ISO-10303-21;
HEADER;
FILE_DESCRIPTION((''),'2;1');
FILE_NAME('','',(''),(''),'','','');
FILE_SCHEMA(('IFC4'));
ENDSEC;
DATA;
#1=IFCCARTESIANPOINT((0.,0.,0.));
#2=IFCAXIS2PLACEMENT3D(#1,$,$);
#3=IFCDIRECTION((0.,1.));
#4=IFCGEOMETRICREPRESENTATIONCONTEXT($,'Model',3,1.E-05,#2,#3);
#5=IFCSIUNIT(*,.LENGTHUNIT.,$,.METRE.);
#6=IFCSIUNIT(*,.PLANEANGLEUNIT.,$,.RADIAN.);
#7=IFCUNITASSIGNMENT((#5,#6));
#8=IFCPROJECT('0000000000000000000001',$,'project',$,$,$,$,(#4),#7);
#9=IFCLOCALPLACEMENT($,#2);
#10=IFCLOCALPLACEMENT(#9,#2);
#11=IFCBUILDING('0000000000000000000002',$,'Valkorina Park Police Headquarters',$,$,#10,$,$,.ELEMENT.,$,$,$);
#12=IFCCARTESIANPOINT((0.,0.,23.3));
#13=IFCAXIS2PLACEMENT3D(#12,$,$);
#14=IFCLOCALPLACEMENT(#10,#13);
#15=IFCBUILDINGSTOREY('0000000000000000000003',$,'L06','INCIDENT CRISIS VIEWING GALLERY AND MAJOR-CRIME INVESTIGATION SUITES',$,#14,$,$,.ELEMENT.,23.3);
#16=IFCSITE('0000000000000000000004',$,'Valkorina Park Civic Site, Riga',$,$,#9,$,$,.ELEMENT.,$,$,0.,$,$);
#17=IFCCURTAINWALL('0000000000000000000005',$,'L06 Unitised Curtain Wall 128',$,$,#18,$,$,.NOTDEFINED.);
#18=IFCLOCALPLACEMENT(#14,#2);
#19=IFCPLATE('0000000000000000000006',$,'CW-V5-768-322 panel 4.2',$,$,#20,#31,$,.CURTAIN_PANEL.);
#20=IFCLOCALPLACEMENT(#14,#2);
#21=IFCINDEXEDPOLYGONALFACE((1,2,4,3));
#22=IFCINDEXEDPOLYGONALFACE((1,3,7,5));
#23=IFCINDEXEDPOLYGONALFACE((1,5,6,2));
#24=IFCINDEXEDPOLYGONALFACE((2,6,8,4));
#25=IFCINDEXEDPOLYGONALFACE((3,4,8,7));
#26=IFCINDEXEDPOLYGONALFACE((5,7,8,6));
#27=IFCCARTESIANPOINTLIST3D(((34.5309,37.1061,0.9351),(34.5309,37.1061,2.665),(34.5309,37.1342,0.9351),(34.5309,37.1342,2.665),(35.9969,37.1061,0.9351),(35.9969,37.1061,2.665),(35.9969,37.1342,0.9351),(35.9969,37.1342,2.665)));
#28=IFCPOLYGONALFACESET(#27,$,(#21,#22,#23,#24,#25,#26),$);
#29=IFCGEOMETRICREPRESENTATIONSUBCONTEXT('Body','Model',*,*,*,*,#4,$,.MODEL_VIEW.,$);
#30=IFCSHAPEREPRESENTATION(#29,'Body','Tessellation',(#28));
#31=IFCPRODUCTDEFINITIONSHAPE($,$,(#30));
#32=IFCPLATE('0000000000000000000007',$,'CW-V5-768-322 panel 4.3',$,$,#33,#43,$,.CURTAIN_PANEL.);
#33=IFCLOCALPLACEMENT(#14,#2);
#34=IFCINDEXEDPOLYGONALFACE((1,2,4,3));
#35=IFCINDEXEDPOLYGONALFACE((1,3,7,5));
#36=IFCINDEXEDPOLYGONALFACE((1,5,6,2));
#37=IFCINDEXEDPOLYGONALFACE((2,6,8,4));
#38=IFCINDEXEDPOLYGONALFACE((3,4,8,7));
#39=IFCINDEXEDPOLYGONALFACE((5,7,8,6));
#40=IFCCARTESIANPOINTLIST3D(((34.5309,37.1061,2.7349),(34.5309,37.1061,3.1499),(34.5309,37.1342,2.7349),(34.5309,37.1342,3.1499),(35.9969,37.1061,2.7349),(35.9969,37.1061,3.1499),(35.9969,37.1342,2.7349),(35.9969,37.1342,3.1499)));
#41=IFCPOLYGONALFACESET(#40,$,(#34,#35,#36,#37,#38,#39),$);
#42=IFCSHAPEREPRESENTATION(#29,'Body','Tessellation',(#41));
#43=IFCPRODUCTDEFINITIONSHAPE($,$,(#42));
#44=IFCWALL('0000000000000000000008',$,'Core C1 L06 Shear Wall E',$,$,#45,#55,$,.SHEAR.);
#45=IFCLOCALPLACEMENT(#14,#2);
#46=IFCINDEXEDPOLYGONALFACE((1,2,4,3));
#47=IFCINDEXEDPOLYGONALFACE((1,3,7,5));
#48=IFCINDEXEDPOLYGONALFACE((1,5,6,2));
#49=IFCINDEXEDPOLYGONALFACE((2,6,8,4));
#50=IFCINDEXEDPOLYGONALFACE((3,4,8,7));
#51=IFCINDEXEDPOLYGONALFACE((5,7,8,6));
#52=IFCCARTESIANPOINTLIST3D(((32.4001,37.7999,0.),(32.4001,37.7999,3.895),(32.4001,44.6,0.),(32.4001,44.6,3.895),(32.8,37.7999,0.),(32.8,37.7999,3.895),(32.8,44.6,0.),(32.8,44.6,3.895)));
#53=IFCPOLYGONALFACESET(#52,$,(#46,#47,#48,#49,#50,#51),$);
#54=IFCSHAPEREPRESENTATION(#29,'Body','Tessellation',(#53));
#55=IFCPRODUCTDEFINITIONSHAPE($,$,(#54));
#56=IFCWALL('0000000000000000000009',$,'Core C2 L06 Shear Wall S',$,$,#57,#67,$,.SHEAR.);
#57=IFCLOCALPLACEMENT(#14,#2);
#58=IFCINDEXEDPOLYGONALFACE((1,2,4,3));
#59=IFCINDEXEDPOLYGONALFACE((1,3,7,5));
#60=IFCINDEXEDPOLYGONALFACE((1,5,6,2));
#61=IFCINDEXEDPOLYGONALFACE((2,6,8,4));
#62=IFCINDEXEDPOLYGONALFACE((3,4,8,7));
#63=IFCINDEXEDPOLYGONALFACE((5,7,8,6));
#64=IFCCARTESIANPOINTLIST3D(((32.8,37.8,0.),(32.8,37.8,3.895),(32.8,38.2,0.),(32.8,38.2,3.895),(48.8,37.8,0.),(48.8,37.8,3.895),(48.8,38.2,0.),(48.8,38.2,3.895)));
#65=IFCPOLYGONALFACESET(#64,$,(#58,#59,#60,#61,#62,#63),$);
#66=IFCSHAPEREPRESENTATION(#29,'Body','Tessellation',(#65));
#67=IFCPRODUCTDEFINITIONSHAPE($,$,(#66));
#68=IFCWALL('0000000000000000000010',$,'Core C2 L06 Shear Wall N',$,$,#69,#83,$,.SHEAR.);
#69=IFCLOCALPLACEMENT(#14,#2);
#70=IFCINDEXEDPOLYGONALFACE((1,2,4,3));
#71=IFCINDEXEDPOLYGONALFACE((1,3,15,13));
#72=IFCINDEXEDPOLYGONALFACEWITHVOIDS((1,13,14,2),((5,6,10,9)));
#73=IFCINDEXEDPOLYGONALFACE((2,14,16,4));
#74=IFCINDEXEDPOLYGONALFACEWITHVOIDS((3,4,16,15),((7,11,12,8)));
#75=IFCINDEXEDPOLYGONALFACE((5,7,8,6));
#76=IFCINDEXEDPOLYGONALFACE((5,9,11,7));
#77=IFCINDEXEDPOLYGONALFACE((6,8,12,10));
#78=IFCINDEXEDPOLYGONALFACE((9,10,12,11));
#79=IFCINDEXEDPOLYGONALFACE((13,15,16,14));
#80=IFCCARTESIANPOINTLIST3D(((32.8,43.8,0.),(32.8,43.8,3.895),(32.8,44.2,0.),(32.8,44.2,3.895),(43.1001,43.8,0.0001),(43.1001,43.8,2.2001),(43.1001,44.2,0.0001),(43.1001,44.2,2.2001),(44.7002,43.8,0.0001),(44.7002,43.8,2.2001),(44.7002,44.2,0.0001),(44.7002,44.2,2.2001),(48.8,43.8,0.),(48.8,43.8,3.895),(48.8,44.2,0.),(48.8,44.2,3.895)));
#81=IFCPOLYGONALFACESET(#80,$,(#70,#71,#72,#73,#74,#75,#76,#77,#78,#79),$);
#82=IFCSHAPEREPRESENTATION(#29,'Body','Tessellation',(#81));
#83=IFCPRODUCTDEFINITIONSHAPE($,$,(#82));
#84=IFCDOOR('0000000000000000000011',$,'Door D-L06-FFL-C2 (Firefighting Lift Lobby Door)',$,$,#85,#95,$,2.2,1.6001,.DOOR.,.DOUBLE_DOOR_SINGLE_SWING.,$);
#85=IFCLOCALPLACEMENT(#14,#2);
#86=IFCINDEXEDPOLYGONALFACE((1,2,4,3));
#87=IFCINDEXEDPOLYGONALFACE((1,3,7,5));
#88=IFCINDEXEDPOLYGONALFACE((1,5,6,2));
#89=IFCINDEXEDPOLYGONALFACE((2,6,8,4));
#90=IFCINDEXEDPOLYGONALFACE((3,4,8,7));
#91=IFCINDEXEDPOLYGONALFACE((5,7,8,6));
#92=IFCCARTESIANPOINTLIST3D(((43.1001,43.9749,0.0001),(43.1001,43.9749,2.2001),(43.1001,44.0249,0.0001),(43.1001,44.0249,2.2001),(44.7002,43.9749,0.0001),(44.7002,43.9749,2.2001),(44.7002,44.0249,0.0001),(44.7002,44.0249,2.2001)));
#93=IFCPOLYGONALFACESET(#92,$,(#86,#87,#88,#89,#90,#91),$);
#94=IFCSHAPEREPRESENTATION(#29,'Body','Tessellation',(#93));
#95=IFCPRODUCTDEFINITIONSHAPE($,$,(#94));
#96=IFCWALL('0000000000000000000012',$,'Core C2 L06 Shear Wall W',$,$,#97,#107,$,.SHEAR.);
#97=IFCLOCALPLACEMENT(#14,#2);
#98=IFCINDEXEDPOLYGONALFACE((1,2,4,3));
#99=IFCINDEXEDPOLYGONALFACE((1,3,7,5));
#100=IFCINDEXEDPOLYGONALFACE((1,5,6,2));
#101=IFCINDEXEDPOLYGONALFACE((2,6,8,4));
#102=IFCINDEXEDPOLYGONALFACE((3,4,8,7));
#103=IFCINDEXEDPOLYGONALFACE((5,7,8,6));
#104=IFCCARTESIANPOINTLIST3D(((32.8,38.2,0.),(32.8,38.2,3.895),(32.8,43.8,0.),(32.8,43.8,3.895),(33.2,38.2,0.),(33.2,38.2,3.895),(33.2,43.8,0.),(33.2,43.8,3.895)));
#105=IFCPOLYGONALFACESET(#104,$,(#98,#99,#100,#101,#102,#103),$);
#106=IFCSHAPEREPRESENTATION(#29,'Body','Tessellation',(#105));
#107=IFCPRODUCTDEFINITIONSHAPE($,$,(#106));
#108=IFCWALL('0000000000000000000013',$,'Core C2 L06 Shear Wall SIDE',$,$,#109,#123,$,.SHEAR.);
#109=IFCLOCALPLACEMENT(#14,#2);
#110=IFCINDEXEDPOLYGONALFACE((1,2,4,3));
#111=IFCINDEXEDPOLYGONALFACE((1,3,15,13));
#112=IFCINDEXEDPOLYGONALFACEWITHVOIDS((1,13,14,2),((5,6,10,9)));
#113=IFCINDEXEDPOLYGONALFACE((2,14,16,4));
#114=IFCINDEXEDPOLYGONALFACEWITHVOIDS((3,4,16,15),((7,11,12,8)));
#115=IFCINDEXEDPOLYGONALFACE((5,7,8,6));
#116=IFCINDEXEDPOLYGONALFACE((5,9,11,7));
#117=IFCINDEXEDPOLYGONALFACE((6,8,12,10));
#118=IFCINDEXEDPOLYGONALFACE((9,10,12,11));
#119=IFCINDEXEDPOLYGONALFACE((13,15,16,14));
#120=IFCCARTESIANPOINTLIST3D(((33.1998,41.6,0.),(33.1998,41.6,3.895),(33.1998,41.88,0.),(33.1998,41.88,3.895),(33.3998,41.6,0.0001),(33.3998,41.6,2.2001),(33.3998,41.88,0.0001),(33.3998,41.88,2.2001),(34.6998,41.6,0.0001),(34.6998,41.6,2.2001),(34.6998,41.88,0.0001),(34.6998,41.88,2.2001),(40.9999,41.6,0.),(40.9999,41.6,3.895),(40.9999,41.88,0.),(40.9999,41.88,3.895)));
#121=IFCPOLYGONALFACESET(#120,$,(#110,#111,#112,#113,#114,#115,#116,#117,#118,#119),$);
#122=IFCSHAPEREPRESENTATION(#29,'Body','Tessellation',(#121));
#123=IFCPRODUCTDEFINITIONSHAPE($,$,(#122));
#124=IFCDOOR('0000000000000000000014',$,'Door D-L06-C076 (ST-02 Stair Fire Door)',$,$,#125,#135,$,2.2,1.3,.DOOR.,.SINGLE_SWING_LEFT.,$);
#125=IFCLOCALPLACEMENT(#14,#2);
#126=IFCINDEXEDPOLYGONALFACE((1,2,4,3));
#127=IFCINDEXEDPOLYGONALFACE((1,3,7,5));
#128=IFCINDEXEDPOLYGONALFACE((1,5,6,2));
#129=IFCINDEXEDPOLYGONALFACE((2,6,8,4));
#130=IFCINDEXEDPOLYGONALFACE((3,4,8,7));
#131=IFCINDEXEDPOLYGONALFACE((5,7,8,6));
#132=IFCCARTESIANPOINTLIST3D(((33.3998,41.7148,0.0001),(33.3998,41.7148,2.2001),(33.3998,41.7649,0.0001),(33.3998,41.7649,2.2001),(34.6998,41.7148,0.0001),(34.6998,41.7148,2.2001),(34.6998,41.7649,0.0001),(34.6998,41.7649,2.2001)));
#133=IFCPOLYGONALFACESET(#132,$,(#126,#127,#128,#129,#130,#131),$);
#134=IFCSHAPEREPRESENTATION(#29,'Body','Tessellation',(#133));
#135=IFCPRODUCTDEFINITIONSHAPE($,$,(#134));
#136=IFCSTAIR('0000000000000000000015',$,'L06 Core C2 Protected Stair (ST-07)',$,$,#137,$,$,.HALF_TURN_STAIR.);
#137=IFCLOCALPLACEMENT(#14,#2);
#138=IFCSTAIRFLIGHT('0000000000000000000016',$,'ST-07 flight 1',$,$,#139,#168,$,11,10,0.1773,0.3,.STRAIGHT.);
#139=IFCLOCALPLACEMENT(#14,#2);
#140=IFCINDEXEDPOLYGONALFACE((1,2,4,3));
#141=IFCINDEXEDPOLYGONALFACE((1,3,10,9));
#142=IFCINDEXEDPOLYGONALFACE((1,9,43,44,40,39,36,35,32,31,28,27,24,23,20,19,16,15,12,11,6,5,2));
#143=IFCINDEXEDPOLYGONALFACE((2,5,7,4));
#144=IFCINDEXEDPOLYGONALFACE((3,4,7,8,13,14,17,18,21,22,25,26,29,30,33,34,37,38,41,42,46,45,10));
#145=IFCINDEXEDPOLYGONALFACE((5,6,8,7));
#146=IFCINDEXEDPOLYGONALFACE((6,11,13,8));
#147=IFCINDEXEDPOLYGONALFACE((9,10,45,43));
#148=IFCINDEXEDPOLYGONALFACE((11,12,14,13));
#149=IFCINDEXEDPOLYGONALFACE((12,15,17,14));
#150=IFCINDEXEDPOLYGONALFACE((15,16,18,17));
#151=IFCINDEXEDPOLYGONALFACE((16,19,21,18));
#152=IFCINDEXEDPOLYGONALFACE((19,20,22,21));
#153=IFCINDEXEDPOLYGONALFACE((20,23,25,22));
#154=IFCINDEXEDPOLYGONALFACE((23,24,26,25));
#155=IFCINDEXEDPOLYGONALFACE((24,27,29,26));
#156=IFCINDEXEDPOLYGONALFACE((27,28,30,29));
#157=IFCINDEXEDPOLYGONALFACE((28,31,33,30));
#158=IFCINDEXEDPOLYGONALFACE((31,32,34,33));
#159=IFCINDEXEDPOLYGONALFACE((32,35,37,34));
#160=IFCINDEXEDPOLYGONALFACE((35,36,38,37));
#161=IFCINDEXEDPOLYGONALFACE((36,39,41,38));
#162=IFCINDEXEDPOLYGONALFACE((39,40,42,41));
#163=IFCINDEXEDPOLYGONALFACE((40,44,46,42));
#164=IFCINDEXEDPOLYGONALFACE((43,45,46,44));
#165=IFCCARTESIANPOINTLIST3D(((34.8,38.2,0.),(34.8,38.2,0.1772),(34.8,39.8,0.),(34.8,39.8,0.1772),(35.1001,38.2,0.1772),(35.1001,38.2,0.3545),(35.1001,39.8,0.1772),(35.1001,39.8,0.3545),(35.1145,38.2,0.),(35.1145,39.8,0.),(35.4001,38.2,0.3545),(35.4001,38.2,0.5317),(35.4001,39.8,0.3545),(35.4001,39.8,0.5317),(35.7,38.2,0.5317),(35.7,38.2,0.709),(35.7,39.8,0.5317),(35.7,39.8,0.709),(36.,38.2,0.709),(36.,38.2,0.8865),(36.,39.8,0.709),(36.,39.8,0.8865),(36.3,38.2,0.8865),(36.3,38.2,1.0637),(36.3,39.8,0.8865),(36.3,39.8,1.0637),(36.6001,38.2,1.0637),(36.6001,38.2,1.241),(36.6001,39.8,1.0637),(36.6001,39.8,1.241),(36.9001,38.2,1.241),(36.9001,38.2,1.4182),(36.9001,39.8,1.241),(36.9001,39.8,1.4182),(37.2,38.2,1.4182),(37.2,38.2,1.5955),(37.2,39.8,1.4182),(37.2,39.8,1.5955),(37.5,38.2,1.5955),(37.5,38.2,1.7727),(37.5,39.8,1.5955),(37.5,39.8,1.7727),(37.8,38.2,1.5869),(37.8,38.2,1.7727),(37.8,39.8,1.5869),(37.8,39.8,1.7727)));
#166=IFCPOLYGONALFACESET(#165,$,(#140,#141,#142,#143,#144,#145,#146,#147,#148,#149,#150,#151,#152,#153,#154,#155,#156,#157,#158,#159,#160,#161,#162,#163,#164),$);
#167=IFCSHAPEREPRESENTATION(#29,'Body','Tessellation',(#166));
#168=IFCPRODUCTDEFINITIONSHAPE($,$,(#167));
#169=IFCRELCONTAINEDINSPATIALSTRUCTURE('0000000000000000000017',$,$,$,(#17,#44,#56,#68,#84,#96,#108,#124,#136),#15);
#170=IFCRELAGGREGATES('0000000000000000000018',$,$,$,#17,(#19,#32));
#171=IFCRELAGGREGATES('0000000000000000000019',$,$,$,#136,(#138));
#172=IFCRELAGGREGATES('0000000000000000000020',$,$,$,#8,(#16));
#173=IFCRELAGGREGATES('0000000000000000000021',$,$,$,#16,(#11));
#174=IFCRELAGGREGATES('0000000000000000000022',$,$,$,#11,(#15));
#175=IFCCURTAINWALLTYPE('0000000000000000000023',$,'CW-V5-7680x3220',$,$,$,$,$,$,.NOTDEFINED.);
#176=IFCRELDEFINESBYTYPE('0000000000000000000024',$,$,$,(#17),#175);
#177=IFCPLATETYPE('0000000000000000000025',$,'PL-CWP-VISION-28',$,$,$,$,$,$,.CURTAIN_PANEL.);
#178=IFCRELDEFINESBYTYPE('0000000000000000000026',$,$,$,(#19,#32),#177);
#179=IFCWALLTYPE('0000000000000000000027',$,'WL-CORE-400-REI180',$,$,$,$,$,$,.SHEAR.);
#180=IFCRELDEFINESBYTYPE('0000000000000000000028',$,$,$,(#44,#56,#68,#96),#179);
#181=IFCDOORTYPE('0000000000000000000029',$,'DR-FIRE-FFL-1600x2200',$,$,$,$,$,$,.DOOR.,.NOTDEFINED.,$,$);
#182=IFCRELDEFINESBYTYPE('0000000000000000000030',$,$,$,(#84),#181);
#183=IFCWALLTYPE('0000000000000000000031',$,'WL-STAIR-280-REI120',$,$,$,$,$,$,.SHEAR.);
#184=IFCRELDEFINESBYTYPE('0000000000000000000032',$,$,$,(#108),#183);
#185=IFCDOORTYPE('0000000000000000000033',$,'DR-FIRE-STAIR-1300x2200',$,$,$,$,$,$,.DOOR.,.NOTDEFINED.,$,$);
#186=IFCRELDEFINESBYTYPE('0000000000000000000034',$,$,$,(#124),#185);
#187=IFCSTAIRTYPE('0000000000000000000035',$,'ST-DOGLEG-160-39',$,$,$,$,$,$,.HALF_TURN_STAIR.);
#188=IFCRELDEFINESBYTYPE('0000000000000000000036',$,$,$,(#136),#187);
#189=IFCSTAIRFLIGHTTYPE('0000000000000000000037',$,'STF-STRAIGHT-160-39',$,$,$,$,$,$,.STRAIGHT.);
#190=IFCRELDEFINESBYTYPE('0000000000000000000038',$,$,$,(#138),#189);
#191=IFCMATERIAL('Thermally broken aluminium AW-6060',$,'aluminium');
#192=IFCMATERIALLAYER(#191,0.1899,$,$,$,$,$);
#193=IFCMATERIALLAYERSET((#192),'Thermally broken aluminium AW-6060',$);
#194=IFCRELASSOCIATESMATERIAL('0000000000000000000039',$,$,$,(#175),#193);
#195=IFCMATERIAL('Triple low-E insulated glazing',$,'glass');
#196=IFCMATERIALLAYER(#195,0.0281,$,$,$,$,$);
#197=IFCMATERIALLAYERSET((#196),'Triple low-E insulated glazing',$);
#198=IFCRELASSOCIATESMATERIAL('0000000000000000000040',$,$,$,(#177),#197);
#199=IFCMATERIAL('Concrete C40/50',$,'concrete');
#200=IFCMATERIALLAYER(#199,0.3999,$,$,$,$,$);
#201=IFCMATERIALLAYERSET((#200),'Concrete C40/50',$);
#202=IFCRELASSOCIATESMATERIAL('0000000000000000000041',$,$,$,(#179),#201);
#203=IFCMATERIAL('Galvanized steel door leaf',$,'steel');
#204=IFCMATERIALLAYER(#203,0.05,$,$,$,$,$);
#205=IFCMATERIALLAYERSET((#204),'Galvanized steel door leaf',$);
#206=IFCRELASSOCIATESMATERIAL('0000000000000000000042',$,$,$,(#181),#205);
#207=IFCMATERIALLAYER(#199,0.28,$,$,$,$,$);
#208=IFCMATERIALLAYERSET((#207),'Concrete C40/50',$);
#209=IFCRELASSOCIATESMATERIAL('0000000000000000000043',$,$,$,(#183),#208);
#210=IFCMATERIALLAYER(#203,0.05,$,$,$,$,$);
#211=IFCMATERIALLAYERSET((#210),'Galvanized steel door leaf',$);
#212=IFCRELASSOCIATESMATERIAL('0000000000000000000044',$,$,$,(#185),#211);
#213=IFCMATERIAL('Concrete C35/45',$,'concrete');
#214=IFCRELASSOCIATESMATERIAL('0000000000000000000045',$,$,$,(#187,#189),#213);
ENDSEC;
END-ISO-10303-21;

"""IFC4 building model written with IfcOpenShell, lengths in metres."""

from ifc_helpers import new_model, si_unit, direction, frame, frame_2d, origin, origin_2d, place, context, subcontext, project, spatial, polyline, rectangle, outline, extrude, material, layer, layer_set, type_object, element, fill, aggregate, save


model = new_model("IFC4")

# Units and contexts
model_context = context("Model", 3, precision=1e-05, world=origin(), true_north=direction((0.0, 1.0)))
body_context = subcontext(model_context, "Body", "Model", "MODEL_VIEW")
ifc_project = project(units=[si_unit("LENGTHUNIT", "METRE"), si_unit("PLANEANGLEUNIT", "RADIAN")], contexts=[model_context])

# Site, building, storey
site_placement = place(None, origin())
site = spatial("IfcSite", under=ifc_project, at=site_placement, Name="Valkorina Park Civic Site, Riga", CompositionType="ELEMENT", RefElevation=0.0)
building_placement = place(site_placement, origin())
building = spatial("IfcBuilding", under=site, at=building_placement, Name="Valkorina Park Police Headquarters", CompositionType="ELEMENT")
storey_placement = place(building_placement, frame((0.0, 0.0, 23.3)))
storey = spatial("IfcBuildingStorey", under=building, at=storey_placement, Name="L06", Description="INCIDENT CRISIS VIEWING GALLERY AND MAJOR-CRIME INVESTIGATION SUITES", CompositionType="ELEMENT", Elevation=23.3)

# Curtain wall, plates
ifc_material_1 = material(Name="Thermally broken aluminium AW-6060", Category="aluminium")
ifc_layer_1 = layer(ifc_material_1, 0.1899)
ifc_layer_set_1 = layer_set([ifc_layer_1], Name="Thermally broken aluminium AW-6060")
curtain_wall_type = type_object("IfcCurtainWallType", Name="CW-V5-7680x3220", PredefinedType="NOTDEFINED", material=ifc_layer_set_1)
curtain_wall_placement = place(storey_placement, origin())
curtain_wall = element("IfcCurtainWall", 1, at=curtain_wall_placement, inside=storey, type_object=curtain_wall_type, Name="L06 Unitised Curtain Wall 128", PredefinedType="NOTDEFINED")
ifc_material_2 = material(Name="Triple low-E insulated glazing", Category="glass")
ifc_layer_2 = layer(ifc_material_2, 0.0281)
ifc_layer_set_2 = layer_set([ifc_layer_2], Name="Triple low-E insulated glazing")
plate_type_1 = type_object("IfcPlateType", Name="PL-CWP-VISION-28", PredefinedType="CURTAIN_PANEL", material=ifc_layer_set_2)
plate_1_placement = place(storey_placement, frame((35.2639, 37.1201, 0.9351), z_axis=(0.0, 0.0, 1.0), x_axis=(-1.0, 0.0, 0.0)))
plate_1 = element("IfcPlate", 2, at=plate_1_placement, type_object=plate_type_1, Name="CW-V5-768-322 panel 4.2", PredefinedType="CURTAIN_PANEL", context=body_context, shape_type="SweptSolid", body=[
    extrude(rectangle(XDim=1.4661, YDim=0.0281, at=origin_2d()), origin(), (0.0, 0.0, 1.0), 1.73),
])
plate_2_placement = place(storey_placement, frame((35.2639, 37.1201, 2.7349), z_axis=(0.0, 0.0, 1.0), x_axis=(-1.0, 0.0, 0.0)))
plate_2 = element("IfcPlate", 3, at=plate_2_placement, type_object=plate_type_1, Name="CW-V5-768-322 panel 4.3", PredefinedType="CURTAIN_PANEL", context=body_context, shape_type="SweptSolid", body=[
    extrude(rectangle(XDim=1.4661, YDim=0.0281, at=origin_2d()), origin(), (0.0, 0.0, 1.0), 0.415),
])
aggregate(curtain_wall, [plate_1, plate_2])

# Walls
ifc_material_3 = material(Name="Concrete C40/50", Category="concrete")
ifc_layer_3 = layer(ifc_material_3, 0.3999)
ifc_layer_set_3 = layer_set([ifc_layer_3], Name="Concrete C40/50")
wall_type_1 = type_object("IfcWallType", Name="WL-CORE-400-REI180", PredefinedType="SHEAR", material=ifc_layer_set_3)
wall_1_placement = place(storey_placement, frame((32.6001, 37.8, 0.0), z_axis=(0.0, 0.0, 1.0), x_axis=(0.0, 1.0, 0.0)))
element("IfcWall", 4, at=wall_1_placement, inside=storey, type_object=wall_type_1, Name="Core C1 L06 Shear Wall E", PredefinedType="SHEAR", context=body_context, shape_type="SweptSolid", body=[
    extrude(rectangle(XDim=6.8, YDim=0.3999, at=frame_2d((3.3999, 0.0))), origin(), (0.0, 0.0, 1.0), 3.895),
])
wall_2_placement = place(storey_placement, frame((32.8, 38.0, 0.0), z_axis=(0.0, 0.0, 1.0), x_axis=(1.0, 0.0, 0.0)))
element("IfcWall", 5, at=wall_2_placement, inside=storey, type_object=wall_type_1, Name="Core C2 L06 Shear Wall S", PredefinedType="SHEAR", context=body_context, shape_type="SweptSolid", body=[
    extrude(rectangle(XDim=16.0, YDim=0.3999, at=frame_2d((8.0, 0.0))), origin(), (0.0, 0.0, 1.0), 3.895),
])

# Wall, opening, door
wall_3_placement = place(storey_placement, frame((32.8, 44.0, 0.0), z_axis=(0.0, 0.0, 1.0), x_axis=(1.0, 0.0, 0.0)))
wall_3 = element("IfcWall", 6, at=wall_3_placement, inside=storey, type_object=wall_type_1, Name="Core C2 L06 Shear Wall N", PredefinedType="SHEAR", context=body_context, shape_type="SweptSolid", body=[
    extrude(rectangle(XDim=16.0, YDim=0.3999, at=frame_2d((8.0, 0.0))), origin(), (0.0, 0.0, 1.0), 3.895),
])
opening_1_placement = place(wall_3_placement, frame((10.3, 0.0, 0.0)))
opening_1 = element("IfcOpeningElement", 7, at=opening_1_placement, cuts=wall_3, PredefinedType="OPENING", context=body_context, shape_type="SweptSolid", body=[
    extrude(rectangle(XDim=1.6001, YDim=2.2, at=frame_2d((0.8, 1.1001))), frame((0.0, 0.21, 0.0), z_axis=(0.0, -1.0, 0.0), x_axis=(1.0, 0.0, 0.0)), (0.0, 0.0, 1.0), 0.4199),
])
ifc_material_4 = material(Name="Galvanized steel door leaf", Category="steel")
ifc_layer_4 = layer(ifc_material_4, 0.05)
ifc_layer_set_4 = layer_set([ifc_layer_4], Name="Galvanized steel door leaf")
door_type_1 = type_object("IfcDoorType", Name="DR-FIRE-FFL-1600x2200", OperationType="NOTDEFINED", PredefinedType="DOOR", material=ifc_layer_set_4)
door_1_placement = place(opening_1_placement, origin())
door_1 = element("IfcDoor", 8, at=door_1_placement, inside=storey, type_object=door_type_1, Name="Door D-L06-FFL-C2 (Firefighting Lift Lobby Door)", OperationType="DOUBLE_DOOR_SINGLE_SWING", OverallHeight=2.2, OverallWidth=1.6001, PredefinedType="DOOR", context=body_context, shape_type="SweptSolid", body=[
    extrude(rectangle(XDim=1.6001, YDim=2.2, at=frame_2d((0.8, 1.1001))), frame((0.0, 0.0249, 0.0), z_axis=(0.0, -1.0, 0.0), x_axis=(1.0, 0.0, 0.0)), (0.0, 0.0, 1.0), 0.05),
])
fill(opening_1, door_1)

# Wall
wall_4_placement = place(storey_placement, frame((33.0, 38.2, 0.0), z_axis=(0.0, 0.0, 1.0), x_axis=(0.0, 1.0, 0.0)))
element("IfcWall", 9, at=wall_4_placement, inside=storey, type_object=wall_type_1, Name="Core C2 L06 Shear Wall W", PredefinedType="SHEAR", context=body_context, shape_type="SweptSolid", body=[
    extrude(rectangle(XDim=5.6001, YDim=0.3999, at=frame_2d((2.8, 0.0))), origin(), (0.0, 0.0, 1.0), 3.895),
])

# Wall, opening, door
ifc_layer_5 = layer(ifc_material_3, 0.28)
ifc_layer_set_5 = layer_set([ifc_layer_5], Name="Concrete C40/50")
wall_type_2 = type_object("IfcWallType", Name="WL-STAIR-280-REI120", PredefinedType="SHEAR", material=ifc_layer_set_5)
wall_5_placement = place(storey_placement, frame((33.2, 41.74, 0.0), z_axis=(0.0, 0.0, 1.0), x_axis=(1.0, 0.0, 0.0)))
wall_5 = element("IfcWall", 10, at=wall_5_placement, inside=storey, type_object=wall_type_2, Name="Core C2 L06 Shear Wall SIDE", PredefinedType="SHEAR", context=body_context, shape_type="SweptSolid", body=[
    extrude(rectangle(XDim=7.8, YDim=0.28, at=frame_2d((3.8999, 0.0))), origin(), (0.0, 0.0, 1.0), 3.895),
])
opening_2_placement = place(wall_5_placement, frame((0.2, 0.0, 0.0)))
opening_2 = element("IfcOpeningElement", 11, at=opening_2_placement, cuts=wall_5, PredefinedType="OPENING", context=body_context, shape_type="SweptSolid", body=[
    extrude(rectangle(XDim=1.3, YDim=2.2, at=frame_2d((0.6499, 1.1001))), frame((0.0, 0.1499, 0.0), z_axis=(0.0, -1.0, 0.0), x_axis=(1.0, 0.0, 0.0)), (0.0, 0.0, 1.0), 0.3),
])
ifc_layer_6 = layer(ifc_material_4, 0.05)
ifc_layer_set_6 = layer_set([ifc_layer_6], Name="Galvanized steel door leaf")
door_type_2 = type_object("IfcDoorType", Name="DR-FIRE-STAIR-1300x2200", OperationType="NOTDEFINED", PredefinedType="DOOR", material=ifc_layer_set_6)
door_2_placement = place(opening_2_placement, origin())
door_2 = element("IfcDoor", 12, at=door_2_placement, inside=storey, type_object=door_type_2, Name="Door D-L06-C076 (ST-02 Stair Fire Door)", OperationType="SINGLE_SWING_LEFT", OverallHeight=2.2, OverallWidth=1.3, PredefinedType="DOOR", context=body_context, shape_type="SweptSolid", body=[
    extrude(rectangle(XDim=1.3, YDim=2.2, at=frame_2d((0.6499, 1.1001))), frame((0.0, 0.0249, 0.0), z_axis=(0.0, -1.0, 0.0), x_axis=(1.0, 0.0, 0.0)), (0.0, 0.0, 1.0), 0.05),
])
fill(opening_2, door_2)

# Stair, stair flight
ifc_material_5 = material(Name="Concrete C35/45", Category="concrete")
stair_type = type_object("IfcStairType", Name="ST-DOGLEG-160-39", PredefinedType="HALF_TURN_STAIR", material=ifc_material_5)
stair_placement = place(storey_placement, origin())
stair = element("IfcStair", 13, at=stair_placement, inside=storey, type_object=stair_type, Name="L06 Core C2 Protected Stair (ST-07)", PredefinedType="HALF_TURN_STAIR")
stair_flight_type = type_object("IfcStairFlightType", Name="STF-STRAIGHT-160-39", PredefinedType="STRAIGHT", material=ifc_material_5)
stair_flight_1_placement = place(storey_placement, frame((34.8, 39.0, 0.0), z_axis=(0.0, 0.0, 1.0), x_axis=(1.0, 0.0, 0.0)))
stair_flight_1 = element("IfcStairFlight", 14, at=stair_flight_1_placement, type_object=stair_flight_type, Name="ST-07 flight 1", NumberOfRisers=11, NumberOfTreads=10, PredefinedType="STRAIGHT", RiserHeight=0.1773, TreadLength=0.3, context=body_context, shape_type="SweptSolid", body=[
    extrude(outline(polyline([(0.0, 0.0), (0.0, 0.1772), (0.3, 0.1772), (0.3, 0.3545), (0.6001, 0.3545), (0.6001, 0.5317), (0.8999, 0.5317), (0.8999, 0.709), (1.2, 0.709), (1.2, 0.8865), (1.5, 0.8865), (1.5, 1.0637), (1.8, 1.0637), (1.8, 1.241), (2.1001, 1.241), (2.1001, 1.4182), (2.3999, 1.4182), (2.3999, 1.5955), (2.7, 1.5955), (2.7, 1.7727), (3.0, 1.7727), (3.0, 1.95), (3.0, 1.5869), (0.3145, 0.0), (0.0, 0.0)])), frame((0.0, 0.8, 0.0), z_axis=(0.0, -1.0, 0.0), x_axis=(1.0, 0.0, 0.0)), (0.0, 0.0, 1.0), 1.6001),
])
aggregate(stair, [stair_flight_1])

save(model, "model.ifc")
